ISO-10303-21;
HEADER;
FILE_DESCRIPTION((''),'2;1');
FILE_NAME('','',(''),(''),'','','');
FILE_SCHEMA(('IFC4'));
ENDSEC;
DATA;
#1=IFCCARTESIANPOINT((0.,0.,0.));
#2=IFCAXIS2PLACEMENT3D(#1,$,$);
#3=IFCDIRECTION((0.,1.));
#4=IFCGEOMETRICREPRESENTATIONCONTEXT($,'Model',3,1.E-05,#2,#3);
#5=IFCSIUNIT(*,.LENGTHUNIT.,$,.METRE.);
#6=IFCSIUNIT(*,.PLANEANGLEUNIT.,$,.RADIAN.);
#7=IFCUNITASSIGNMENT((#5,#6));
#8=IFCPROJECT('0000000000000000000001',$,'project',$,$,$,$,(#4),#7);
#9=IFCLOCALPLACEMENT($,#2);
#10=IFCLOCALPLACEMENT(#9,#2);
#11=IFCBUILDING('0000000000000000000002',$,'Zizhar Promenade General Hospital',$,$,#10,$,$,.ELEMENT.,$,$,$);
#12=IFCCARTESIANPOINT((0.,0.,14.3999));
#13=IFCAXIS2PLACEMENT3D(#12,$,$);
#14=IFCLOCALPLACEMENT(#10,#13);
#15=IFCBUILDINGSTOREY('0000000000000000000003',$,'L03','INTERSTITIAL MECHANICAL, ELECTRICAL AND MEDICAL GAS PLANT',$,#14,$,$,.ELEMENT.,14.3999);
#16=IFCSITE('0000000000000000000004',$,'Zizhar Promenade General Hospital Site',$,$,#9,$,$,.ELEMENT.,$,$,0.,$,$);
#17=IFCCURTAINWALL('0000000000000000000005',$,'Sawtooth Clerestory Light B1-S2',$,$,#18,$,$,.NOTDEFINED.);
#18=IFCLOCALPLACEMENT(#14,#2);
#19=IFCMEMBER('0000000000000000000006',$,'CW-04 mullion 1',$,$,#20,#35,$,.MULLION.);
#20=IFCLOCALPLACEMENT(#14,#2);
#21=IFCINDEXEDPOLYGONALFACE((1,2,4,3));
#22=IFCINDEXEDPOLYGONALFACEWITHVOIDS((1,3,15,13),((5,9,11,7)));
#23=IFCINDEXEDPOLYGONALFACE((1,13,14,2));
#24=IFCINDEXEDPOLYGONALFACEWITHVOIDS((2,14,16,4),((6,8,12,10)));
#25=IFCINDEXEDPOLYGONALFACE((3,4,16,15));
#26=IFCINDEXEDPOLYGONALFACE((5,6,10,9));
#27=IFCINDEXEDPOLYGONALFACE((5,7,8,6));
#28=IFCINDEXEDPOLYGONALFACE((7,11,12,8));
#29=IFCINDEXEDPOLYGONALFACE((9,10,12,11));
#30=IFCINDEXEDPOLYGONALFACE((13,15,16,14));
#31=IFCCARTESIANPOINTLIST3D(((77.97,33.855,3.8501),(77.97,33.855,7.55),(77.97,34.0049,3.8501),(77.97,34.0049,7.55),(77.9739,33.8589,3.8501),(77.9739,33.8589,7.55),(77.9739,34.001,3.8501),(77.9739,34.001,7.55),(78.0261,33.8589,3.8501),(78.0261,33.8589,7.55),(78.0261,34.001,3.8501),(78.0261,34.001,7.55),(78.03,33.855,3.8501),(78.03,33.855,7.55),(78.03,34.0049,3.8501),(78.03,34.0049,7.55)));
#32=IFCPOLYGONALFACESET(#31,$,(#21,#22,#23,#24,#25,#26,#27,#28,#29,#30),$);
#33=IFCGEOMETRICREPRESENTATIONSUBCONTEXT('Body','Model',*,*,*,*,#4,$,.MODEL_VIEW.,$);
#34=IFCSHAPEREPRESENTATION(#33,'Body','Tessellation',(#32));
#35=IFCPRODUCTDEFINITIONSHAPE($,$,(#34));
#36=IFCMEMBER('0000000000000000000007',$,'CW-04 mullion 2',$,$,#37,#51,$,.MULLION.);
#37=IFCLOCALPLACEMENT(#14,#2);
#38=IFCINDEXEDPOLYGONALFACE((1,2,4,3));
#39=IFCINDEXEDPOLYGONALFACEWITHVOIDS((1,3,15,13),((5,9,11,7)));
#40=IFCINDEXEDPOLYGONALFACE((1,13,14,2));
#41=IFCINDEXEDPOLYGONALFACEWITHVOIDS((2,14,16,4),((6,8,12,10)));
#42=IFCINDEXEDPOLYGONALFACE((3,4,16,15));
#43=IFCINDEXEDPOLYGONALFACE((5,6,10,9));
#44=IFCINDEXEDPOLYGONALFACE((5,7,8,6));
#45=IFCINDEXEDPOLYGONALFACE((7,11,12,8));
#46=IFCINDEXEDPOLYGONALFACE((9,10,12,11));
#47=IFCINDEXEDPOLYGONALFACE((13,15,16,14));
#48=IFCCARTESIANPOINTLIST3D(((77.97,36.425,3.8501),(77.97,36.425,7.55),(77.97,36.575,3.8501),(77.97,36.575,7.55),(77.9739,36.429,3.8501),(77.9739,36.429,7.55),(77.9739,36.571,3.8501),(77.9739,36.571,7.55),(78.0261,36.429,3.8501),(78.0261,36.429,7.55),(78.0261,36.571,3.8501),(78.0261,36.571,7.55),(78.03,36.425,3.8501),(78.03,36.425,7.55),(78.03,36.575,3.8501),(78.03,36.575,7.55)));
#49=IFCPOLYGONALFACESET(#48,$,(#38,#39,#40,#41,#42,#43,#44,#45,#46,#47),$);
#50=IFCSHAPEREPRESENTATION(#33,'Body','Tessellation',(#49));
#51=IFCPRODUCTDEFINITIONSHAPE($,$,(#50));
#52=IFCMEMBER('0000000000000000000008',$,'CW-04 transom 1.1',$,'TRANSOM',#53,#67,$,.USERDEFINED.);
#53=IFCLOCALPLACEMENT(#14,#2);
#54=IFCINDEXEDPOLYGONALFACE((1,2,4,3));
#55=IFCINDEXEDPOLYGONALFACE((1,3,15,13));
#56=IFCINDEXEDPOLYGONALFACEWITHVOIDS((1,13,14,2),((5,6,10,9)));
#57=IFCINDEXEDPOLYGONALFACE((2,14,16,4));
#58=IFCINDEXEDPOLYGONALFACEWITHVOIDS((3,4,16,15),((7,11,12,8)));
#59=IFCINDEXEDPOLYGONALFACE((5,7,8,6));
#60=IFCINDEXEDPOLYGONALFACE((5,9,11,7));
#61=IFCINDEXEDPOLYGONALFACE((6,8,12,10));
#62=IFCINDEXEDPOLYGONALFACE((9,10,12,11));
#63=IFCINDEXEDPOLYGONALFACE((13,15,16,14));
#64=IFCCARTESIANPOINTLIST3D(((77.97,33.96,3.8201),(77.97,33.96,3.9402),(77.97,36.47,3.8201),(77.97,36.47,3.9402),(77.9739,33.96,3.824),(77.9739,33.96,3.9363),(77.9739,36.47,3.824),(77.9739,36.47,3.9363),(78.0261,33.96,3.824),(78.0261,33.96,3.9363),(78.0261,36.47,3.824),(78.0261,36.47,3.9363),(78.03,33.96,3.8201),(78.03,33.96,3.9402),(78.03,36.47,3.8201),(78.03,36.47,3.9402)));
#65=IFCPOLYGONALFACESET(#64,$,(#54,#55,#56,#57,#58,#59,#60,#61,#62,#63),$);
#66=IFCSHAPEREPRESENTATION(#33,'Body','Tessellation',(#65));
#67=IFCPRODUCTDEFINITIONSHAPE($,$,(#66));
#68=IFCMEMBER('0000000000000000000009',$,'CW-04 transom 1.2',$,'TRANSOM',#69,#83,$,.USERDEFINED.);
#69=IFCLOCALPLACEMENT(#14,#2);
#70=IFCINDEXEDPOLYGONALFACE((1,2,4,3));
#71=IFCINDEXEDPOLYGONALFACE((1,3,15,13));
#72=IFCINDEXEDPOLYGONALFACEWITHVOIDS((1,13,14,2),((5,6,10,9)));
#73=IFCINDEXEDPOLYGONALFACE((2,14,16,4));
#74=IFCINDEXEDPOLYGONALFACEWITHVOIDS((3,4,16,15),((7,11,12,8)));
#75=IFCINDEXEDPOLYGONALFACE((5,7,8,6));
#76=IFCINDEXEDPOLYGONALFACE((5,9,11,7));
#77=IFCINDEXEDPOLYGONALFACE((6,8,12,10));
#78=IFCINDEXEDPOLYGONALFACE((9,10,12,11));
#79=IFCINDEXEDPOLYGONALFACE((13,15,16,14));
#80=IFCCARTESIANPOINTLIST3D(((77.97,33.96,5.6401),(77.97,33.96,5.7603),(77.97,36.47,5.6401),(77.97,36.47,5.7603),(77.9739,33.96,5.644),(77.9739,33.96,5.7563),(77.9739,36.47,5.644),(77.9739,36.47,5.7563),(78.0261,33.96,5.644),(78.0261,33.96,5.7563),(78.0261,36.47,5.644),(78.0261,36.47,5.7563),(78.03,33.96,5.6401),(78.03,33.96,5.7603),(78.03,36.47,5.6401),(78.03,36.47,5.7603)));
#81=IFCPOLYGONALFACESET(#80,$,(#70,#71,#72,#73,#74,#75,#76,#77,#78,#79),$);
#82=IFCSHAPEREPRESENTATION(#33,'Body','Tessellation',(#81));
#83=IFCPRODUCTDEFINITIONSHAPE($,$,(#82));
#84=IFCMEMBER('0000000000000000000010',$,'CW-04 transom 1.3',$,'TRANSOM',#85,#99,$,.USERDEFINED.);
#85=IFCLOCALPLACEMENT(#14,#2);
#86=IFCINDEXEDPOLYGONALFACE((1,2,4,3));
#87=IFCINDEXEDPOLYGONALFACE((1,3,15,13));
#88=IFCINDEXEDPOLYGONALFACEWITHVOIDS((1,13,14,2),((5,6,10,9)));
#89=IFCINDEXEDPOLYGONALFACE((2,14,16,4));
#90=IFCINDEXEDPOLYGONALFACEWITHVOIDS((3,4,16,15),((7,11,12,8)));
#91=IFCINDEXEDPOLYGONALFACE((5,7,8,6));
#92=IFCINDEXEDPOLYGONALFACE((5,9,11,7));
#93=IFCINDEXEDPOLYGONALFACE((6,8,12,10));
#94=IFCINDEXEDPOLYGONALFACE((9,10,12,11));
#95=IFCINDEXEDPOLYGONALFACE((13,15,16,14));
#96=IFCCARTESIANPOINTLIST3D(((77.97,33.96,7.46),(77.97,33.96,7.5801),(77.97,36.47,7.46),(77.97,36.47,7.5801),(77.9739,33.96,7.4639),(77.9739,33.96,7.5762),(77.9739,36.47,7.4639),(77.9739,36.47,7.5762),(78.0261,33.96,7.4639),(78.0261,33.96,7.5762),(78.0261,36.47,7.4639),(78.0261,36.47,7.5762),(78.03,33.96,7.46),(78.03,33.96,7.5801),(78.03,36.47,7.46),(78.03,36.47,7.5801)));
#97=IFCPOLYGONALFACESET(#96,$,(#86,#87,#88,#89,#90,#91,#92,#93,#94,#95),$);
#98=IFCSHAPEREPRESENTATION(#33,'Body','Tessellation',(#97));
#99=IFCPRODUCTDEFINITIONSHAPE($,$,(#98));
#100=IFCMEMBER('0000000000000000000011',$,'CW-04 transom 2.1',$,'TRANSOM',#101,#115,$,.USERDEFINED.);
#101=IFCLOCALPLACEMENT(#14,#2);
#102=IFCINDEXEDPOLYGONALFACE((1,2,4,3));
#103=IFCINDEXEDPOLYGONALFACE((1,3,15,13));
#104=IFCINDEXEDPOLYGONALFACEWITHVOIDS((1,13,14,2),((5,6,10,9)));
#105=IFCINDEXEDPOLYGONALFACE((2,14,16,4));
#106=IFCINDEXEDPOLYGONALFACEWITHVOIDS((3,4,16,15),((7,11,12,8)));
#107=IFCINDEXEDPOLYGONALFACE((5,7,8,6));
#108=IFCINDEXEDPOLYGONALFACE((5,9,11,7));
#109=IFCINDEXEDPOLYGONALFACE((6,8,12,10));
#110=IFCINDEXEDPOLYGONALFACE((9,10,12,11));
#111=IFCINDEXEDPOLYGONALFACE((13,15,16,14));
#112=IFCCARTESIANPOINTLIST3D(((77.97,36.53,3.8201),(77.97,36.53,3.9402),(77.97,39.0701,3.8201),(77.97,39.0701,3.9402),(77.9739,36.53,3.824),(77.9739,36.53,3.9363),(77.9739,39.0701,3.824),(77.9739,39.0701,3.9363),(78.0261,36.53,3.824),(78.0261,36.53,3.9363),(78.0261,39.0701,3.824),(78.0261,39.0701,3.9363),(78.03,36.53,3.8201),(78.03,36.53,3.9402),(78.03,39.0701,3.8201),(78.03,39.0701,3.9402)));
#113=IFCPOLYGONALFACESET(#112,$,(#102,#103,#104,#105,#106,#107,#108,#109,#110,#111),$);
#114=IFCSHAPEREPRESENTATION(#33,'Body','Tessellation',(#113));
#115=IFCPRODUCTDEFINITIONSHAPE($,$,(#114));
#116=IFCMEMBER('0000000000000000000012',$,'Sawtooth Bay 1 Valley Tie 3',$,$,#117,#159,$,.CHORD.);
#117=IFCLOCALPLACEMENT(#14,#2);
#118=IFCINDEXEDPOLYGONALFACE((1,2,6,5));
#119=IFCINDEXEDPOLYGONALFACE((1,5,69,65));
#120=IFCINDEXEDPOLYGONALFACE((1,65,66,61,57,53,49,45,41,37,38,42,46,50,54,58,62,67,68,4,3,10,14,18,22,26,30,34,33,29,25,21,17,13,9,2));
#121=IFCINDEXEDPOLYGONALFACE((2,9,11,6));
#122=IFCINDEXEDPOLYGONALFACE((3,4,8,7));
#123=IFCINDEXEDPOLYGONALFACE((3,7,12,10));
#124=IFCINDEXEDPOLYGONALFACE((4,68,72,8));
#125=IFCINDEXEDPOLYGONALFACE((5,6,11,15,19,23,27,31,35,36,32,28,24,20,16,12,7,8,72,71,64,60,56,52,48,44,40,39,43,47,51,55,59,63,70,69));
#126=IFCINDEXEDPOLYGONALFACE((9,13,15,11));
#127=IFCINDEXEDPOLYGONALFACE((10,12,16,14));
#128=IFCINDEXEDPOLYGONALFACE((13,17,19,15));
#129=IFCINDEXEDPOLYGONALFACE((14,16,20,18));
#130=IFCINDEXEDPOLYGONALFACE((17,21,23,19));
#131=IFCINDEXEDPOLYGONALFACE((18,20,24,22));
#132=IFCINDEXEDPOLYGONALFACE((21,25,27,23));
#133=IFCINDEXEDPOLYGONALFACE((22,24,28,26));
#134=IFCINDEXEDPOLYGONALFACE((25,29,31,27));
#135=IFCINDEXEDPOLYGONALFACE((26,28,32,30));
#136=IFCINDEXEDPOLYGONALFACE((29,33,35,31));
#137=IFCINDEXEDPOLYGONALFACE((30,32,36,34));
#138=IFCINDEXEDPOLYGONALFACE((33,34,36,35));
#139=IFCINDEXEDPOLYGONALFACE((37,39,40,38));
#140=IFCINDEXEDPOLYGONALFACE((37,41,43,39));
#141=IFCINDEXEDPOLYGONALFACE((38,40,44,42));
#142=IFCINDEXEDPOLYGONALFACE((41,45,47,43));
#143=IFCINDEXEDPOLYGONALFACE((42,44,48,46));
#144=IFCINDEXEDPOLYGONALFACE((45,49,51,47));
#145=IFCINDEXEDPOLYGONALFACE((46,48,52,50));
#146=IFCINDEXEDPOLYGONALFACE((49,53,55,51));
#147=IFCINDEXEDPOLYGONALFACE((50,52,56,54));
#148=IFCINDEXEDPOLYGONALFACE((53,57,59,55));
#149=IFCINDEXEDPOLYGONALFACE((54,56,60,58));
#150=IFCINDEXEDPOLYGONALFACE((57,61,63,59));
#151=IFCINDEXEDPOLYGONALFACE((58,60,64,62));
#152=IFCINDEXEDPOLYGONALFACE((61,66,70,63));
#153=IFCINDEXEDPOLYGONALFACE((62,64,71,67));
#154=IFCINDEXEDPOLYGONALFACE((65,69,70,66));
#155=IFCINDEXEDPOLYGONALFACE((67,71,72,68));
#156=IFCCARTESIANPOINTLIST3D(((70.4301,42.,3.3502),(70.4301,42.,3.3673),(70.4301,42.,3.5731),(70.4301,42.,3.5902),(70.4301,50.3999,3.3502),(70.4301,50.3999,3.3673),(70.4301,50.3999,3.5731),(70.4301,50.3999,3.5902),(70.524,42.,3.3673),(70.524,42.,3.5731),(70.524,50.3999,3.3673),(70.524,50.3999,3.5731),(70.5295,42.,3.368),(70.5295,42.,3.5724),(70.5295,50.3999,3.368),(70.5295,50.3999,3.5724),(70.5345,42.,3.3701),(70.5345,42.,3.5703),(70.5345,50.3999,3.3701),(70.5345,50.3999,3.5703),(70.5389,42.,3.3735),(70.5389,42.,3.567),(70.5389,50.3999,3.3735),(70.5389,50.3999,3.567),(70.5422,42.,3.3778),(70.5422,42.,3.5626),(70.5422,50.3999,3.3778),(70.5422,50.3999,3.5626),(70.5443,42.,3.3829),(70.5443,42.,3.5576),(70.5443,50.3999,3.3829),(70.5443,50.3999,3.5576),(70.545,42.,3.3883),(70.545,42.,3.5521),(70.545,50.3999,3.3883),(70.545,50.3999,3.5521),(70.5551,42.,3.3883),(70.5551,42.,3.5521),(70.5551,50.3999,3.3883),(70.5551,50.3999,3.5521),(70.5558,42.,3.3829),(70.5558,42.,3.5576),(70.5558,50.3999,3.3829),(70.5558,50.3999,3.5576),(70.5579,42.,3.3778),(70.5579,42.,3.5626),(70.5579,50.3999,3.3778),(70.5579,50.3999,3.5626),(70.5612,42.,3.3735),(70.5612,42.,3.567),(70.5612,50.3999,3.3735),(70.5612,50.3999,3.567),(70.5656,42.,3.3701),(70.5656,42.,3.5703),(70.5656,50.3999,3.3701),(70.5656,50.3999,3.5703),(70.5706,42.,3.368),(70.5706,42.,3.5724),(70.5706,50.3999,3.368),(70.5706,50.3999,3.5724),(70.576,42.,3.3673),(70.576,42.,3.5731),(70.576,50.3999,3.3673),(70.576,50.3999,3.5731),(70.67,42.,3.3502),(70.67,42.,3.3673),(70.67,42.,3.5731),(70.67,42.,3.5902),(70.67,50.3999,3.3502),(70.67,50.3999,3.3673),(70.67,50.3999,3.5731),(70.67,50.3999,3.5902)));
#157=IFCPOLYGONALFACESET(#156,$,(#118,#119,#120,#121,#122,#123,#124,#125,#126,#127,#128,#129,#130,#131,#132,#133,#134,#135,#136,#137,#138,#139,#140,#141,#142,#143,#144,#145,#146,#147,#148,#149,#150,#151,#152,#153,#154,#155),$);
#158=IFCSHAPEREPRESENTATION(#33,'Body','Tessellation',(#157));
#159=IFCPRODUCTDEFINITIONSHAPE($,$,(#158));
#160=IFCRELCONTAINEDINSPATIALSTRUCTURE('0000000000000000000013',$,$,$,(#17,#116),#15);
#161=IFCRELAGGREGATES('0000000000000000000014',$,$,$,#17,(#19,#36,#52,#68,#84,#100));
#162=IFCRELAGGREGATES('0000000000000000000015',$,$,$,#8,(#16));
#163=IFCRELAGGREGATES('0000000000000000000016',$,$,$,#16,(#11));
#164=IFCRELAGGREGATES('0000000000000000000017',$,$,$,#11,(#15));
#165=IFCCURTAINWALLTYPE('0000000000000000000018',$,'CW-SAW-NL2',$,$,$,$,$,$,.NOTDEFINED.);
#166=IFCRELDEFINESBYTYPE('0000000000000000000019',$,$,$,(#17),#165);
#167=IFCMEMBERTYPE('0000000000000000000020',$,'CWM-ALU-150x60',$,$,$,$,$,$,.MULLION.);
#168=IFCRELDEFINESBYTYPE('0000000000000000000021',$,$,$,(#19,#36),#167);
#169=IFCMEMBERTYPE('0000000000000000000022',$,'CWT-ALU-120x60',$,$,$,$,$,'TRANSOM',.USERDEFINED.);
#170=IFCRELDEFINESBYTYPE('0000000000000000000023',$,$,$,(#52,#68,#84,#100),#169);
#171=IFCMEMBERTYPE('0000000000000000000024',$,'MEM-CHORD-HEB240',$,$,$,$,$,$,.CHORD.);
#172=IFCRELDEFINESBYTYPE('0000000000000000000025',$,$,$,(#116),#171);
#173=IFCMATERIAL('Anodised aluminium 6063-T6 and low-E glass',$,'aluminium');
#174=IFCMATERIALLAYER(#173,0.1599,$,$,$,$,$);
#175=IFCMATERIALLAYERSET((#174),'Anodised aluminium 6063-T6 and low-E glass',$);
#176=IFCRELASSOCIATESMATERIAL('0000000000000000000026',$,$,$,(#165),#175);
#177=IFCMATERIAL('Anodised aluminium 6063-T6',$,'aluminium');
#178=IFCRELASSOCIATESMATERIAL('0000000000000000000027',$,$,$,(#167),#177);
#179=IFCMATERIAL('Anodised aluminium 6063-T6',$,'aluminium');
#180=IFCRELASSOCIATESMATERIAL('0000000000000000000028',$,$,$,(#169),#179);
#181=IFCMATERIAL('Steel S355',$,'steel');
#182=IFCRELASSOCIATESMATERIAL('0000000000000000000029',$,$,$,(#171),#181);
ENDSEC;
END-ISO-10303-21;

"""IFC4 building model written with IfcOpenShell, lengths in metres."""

from ifc_helpers import new_model, si_unit, direction, frame, origin, origin_2d, place, context, subcontext, project, spatial, hollow_rectangle, i_section, extrude, material, layer, layer_set, material_profile, profile_set, type_object, element, aggregate, save


model = new_model("IFC4")

# Units and contexts
model_context = context("Model", 3, precision=1e-05, world=origin(), true_north=direction((0.0, 1.0)))
body_context = subcontext(model_context, "Body", "Model", "MODEL_VIEW")
ifc_project = project(units=[si_unit("LENGTHUNIT", "METRE"), si_unit("PLANEANGLEUNIT", "RADIAN")], contexts=[model_context])

# Site, building, storey
site_placement = place(None, origin())
site = spatial("IfcSite", under=ifc_project, at=site_placement, Name="Zizhar Promenade General Hospital Site", CompositionType="ELEMENT", RefElevation=0.0)
building_placement = place(site_placement, origin())
building = spatial("IfcBuilding", under=site, at=building_placement, Name="Zizhar Promenade General Hospital", CompositionType="ELEMENT")
storey_placement = place(building_placement, frame((0.0, 0.0, 14.3999)))
storey = spatial("IfcBuildingStorey", under=building, at=storey_placement, Name="L03", Description="INTERSTITIAL MECHANICAL, ELECTRICAL AND MEDICAL GAS PLANT", CompositionType="ELEMENT", Elevation=14.3999)

# Curtain wall, members
ifc_material_1 = material(Name="Anodised aluminium 6063-T6 and low-E glass", Category="aluminium")
ifc_layer_1 = layer(ifc_material_1, 0.1599)
ifc_layer_set_1 = layer_set([ifc_layer_1], Name="Anodised aluminium 6063-T6 and low-E glass")
curtain_wall_type = type_object("IfcCurtainWallType", Name="CW-SAW-NL2", PredefinedType="NOTDEFINED", material=ifc_layer_set_1)
curtain_wall_placement = place(storey_placement, origin())
curtain_wall = element("IfcCurtainWall", 1, at=curtain_wall_placement, inside=storey, type_object=curtain_wall_type, Name="Sawtooth Clerestory Light B1-S2", PredefinedType="NOTDEFINED")
ifc_material_2 = material(Name="Anodised aluminium 6063-T6", Category="aluminium")
ifc_material_profile_1 = material_profile(ifc_material_2, hollow_rectangle(XDim=0.0601, YDim=0.1499, WallThickness=0.0039, at=origin_2d()))
ifc_profile_set_1 = profile_set([ifc_material_profile_1], Name="Anodised aluminium 6063-T6")
member_type_1 = type_object("IfcMemberType", Name="CWM-ALU-150x60", PredefinedType="MULLION", material=ifc_profile_set_1)
member_1_placement = place(storey_placement, frame((78.0, 33.9299, 3.8501), z_axis=(0.0, 0.0, 1.0), x_axis=(-1.0, 0.0, 0.0)))
member_1 = element("IfcMember", 2, at=member_1_placement, type_object=member_type_1, Name="CW-04 mullion 1", PredefinedType="MULLION", context=body_context, shape_type="SweptSolid", body=[
    extrude(hollow_rectangle(XDim=0.0601, YDim=0.1499, WallThickness=0.0039, at=origin_2d()), origin(), (0.0, 0.0, 1.0), 3.7),
])
member_2_placement = place(storey_placement, frame((78.0, 36.5, 3.8501), z_axis=(0.0, 0.0, 1.0), x_axis=(-1.0, 0.0, 0.0)))
member_2 = element("IfcMember", 3, at=member_2_placement, type_object=member_type_1, Name="CW-04 mullion 2", PredefinedType="MULLION", context=body_context, shape_type="SweptSolid", body=[
    extrude(hollow_rectangle(XDim=0.0601, YDim=0.1499, WallThickness=0.0039, at=origin_2d()), origin(), (0.0, 0.0, 1.0), 3.7),
])
ifc_material_3 = material(Name="Anodised aluminium 6063-T6", Category="aluminium")
ifc_material_profile_2 = material_profile(ifc_material_3, hollow_rectangle(XDim=0.0601, YDim=0.1201, WallThickness=0.0039, at=origin_2d()))
ifc_profile_set_2 = profile_set([ifc_material_profile_2], Name="Anodised aluminium 6063-T6")
member_type_2 = type_object("IfcMemberType", Name="CWT-ALU-120x60", ElementType="TRANSOM", PredefinedType="USERDEFINED", material=ifc_profile_set_2)
member_3_placement = place(storey_placement, frame((78.0, 33.96, 3.8801), z_axis=(0.0, 1.0, 0.0), x_axis=(-1.0, 0.0, 0.0)))
member_3 = element("IfcMember", 4, at=member_3_placement, type_object=member_type_2, Name="CW-04 transom 1.1", ObjectType="TRANSOM", PredefinedType="USERDEFINED", context=body_context, shape_type="SweptSolid", body=[
    extrude(hollow_rectangle(XDim=0.0601, YDim=0.1201, WallThickness=0.0039, at=origin_2d()), origin(), (0.0, 0.0, 1.0), 2.51),
])
member_4_placement = place(storey_placement, frame((78.0, 33.96, 5.7002), z_axis=(0.0, 1.0, 0.0), x_axis=(-1.0, 0.0, 0.0)))
member_4 = element("IfcMember", 5, at=member_4_placement, type_object=member_type_2, Name="CW-04 transom 1.2", ObjectType="TRANSOM", PredefinedType="USERDEFINED", context=body_context, shape_type="SweptSolid", body=[
    extrude(hollow_rectangle(XDim=0.0601, YDim=0.1201, WallThickness=0.0039, at=origin_2d()), origin(), (0.0, 0.0, 1.0), 2.51),
])
member_5_placement = place(storey_placement, frame((78.0, 33.96, 7.52), z_axis=(0.0, 1.0, 0.0), x_axis=(-1.0, 0.0, 0.0)))
member_5 = element("IfcMember", 6, at=member_5_placement, type_object=member_type_2, Name="CW-04 transom 1.3", ObjectType="TRANSOM", PredefinedType="USERDEFINED", context=body_context, shape_type="SweptSolid", body=[
    extrude(hollow_rectangle(XDim=0.0601, YDim=0.1201, WallThickness=0.0039, at=origin_2d()), origin(), (0.0, 0.0, 1.0), 2.51),
])
member_6_placement = place(storey_placement, frame((78.0, 36.53, 3.8801), z_axis=(0.0, 1.0, 0.0), x_axis=(-1.0, 0.0, 0.0)))
member_6 = element("IfcMember", 7, at=member_6_placement, type_object=member_type_2, Name="CW-04 transom 2.1", ObjectType="TRANSOM", PredefinedType="USERDEFINED", context=body_context, shape_type="SweptSolid", body=[
    extrude(hollow_rectangle(XDim=0.0601, YDim=0.1201, WallThickness=0.0039, at=origin_2d()), origin(), (0.0, 0.0, 1.0), 2.54),
])

# Member
ifc_material_4 = material(Name="Steel S355", Category="steel")
ifc_material_profile_3 = material_profile(ifc_material_4, i_section(OverallWidth=0.24, OverallDepth=0.24, WebThickness=0.01, FlangeThickness=0.0171, FilletRadius=0.021, at=origin_2d()))
ifc_profile_set_3 = profile_set([ifc_material_profile_3], Name="Steel S355")
member_type_3 = type_object("IfcMemberType", Name="MEM-CHORD-HEB240", PredefinedType="CHORD", material=ifc_profile_set_3)
member_7_placement = place(storey_placement, frame((70.55, 42.0, 3.4702), z_axis=(0.0, 1.0, 0.0), x_axis=(-1.0, 0.0, 0.0)))
element("IfcMember", 8, at=member_7_placement, inside=storey, type_object=member_type_3, Name="Sawtooth Bay 1 Valley Tie 3", PredefinedType="CHORD", context=body_context, shape_type="SweptSolid", body=[
    extrude(i_section(OverallWidth=0.24, OverallDepth=0.24, WebThickness=0.01, FlangeThickness=0.0171, FilletRadius=0.021, at=origin_2d()), origin(), (0.0, 0.0, 1.0), 8.3999),
])

aggregate(curtain_wall, [member_1, member_2, member_3, member_4, member_5, member_6])

save(model, "model.ifc")
